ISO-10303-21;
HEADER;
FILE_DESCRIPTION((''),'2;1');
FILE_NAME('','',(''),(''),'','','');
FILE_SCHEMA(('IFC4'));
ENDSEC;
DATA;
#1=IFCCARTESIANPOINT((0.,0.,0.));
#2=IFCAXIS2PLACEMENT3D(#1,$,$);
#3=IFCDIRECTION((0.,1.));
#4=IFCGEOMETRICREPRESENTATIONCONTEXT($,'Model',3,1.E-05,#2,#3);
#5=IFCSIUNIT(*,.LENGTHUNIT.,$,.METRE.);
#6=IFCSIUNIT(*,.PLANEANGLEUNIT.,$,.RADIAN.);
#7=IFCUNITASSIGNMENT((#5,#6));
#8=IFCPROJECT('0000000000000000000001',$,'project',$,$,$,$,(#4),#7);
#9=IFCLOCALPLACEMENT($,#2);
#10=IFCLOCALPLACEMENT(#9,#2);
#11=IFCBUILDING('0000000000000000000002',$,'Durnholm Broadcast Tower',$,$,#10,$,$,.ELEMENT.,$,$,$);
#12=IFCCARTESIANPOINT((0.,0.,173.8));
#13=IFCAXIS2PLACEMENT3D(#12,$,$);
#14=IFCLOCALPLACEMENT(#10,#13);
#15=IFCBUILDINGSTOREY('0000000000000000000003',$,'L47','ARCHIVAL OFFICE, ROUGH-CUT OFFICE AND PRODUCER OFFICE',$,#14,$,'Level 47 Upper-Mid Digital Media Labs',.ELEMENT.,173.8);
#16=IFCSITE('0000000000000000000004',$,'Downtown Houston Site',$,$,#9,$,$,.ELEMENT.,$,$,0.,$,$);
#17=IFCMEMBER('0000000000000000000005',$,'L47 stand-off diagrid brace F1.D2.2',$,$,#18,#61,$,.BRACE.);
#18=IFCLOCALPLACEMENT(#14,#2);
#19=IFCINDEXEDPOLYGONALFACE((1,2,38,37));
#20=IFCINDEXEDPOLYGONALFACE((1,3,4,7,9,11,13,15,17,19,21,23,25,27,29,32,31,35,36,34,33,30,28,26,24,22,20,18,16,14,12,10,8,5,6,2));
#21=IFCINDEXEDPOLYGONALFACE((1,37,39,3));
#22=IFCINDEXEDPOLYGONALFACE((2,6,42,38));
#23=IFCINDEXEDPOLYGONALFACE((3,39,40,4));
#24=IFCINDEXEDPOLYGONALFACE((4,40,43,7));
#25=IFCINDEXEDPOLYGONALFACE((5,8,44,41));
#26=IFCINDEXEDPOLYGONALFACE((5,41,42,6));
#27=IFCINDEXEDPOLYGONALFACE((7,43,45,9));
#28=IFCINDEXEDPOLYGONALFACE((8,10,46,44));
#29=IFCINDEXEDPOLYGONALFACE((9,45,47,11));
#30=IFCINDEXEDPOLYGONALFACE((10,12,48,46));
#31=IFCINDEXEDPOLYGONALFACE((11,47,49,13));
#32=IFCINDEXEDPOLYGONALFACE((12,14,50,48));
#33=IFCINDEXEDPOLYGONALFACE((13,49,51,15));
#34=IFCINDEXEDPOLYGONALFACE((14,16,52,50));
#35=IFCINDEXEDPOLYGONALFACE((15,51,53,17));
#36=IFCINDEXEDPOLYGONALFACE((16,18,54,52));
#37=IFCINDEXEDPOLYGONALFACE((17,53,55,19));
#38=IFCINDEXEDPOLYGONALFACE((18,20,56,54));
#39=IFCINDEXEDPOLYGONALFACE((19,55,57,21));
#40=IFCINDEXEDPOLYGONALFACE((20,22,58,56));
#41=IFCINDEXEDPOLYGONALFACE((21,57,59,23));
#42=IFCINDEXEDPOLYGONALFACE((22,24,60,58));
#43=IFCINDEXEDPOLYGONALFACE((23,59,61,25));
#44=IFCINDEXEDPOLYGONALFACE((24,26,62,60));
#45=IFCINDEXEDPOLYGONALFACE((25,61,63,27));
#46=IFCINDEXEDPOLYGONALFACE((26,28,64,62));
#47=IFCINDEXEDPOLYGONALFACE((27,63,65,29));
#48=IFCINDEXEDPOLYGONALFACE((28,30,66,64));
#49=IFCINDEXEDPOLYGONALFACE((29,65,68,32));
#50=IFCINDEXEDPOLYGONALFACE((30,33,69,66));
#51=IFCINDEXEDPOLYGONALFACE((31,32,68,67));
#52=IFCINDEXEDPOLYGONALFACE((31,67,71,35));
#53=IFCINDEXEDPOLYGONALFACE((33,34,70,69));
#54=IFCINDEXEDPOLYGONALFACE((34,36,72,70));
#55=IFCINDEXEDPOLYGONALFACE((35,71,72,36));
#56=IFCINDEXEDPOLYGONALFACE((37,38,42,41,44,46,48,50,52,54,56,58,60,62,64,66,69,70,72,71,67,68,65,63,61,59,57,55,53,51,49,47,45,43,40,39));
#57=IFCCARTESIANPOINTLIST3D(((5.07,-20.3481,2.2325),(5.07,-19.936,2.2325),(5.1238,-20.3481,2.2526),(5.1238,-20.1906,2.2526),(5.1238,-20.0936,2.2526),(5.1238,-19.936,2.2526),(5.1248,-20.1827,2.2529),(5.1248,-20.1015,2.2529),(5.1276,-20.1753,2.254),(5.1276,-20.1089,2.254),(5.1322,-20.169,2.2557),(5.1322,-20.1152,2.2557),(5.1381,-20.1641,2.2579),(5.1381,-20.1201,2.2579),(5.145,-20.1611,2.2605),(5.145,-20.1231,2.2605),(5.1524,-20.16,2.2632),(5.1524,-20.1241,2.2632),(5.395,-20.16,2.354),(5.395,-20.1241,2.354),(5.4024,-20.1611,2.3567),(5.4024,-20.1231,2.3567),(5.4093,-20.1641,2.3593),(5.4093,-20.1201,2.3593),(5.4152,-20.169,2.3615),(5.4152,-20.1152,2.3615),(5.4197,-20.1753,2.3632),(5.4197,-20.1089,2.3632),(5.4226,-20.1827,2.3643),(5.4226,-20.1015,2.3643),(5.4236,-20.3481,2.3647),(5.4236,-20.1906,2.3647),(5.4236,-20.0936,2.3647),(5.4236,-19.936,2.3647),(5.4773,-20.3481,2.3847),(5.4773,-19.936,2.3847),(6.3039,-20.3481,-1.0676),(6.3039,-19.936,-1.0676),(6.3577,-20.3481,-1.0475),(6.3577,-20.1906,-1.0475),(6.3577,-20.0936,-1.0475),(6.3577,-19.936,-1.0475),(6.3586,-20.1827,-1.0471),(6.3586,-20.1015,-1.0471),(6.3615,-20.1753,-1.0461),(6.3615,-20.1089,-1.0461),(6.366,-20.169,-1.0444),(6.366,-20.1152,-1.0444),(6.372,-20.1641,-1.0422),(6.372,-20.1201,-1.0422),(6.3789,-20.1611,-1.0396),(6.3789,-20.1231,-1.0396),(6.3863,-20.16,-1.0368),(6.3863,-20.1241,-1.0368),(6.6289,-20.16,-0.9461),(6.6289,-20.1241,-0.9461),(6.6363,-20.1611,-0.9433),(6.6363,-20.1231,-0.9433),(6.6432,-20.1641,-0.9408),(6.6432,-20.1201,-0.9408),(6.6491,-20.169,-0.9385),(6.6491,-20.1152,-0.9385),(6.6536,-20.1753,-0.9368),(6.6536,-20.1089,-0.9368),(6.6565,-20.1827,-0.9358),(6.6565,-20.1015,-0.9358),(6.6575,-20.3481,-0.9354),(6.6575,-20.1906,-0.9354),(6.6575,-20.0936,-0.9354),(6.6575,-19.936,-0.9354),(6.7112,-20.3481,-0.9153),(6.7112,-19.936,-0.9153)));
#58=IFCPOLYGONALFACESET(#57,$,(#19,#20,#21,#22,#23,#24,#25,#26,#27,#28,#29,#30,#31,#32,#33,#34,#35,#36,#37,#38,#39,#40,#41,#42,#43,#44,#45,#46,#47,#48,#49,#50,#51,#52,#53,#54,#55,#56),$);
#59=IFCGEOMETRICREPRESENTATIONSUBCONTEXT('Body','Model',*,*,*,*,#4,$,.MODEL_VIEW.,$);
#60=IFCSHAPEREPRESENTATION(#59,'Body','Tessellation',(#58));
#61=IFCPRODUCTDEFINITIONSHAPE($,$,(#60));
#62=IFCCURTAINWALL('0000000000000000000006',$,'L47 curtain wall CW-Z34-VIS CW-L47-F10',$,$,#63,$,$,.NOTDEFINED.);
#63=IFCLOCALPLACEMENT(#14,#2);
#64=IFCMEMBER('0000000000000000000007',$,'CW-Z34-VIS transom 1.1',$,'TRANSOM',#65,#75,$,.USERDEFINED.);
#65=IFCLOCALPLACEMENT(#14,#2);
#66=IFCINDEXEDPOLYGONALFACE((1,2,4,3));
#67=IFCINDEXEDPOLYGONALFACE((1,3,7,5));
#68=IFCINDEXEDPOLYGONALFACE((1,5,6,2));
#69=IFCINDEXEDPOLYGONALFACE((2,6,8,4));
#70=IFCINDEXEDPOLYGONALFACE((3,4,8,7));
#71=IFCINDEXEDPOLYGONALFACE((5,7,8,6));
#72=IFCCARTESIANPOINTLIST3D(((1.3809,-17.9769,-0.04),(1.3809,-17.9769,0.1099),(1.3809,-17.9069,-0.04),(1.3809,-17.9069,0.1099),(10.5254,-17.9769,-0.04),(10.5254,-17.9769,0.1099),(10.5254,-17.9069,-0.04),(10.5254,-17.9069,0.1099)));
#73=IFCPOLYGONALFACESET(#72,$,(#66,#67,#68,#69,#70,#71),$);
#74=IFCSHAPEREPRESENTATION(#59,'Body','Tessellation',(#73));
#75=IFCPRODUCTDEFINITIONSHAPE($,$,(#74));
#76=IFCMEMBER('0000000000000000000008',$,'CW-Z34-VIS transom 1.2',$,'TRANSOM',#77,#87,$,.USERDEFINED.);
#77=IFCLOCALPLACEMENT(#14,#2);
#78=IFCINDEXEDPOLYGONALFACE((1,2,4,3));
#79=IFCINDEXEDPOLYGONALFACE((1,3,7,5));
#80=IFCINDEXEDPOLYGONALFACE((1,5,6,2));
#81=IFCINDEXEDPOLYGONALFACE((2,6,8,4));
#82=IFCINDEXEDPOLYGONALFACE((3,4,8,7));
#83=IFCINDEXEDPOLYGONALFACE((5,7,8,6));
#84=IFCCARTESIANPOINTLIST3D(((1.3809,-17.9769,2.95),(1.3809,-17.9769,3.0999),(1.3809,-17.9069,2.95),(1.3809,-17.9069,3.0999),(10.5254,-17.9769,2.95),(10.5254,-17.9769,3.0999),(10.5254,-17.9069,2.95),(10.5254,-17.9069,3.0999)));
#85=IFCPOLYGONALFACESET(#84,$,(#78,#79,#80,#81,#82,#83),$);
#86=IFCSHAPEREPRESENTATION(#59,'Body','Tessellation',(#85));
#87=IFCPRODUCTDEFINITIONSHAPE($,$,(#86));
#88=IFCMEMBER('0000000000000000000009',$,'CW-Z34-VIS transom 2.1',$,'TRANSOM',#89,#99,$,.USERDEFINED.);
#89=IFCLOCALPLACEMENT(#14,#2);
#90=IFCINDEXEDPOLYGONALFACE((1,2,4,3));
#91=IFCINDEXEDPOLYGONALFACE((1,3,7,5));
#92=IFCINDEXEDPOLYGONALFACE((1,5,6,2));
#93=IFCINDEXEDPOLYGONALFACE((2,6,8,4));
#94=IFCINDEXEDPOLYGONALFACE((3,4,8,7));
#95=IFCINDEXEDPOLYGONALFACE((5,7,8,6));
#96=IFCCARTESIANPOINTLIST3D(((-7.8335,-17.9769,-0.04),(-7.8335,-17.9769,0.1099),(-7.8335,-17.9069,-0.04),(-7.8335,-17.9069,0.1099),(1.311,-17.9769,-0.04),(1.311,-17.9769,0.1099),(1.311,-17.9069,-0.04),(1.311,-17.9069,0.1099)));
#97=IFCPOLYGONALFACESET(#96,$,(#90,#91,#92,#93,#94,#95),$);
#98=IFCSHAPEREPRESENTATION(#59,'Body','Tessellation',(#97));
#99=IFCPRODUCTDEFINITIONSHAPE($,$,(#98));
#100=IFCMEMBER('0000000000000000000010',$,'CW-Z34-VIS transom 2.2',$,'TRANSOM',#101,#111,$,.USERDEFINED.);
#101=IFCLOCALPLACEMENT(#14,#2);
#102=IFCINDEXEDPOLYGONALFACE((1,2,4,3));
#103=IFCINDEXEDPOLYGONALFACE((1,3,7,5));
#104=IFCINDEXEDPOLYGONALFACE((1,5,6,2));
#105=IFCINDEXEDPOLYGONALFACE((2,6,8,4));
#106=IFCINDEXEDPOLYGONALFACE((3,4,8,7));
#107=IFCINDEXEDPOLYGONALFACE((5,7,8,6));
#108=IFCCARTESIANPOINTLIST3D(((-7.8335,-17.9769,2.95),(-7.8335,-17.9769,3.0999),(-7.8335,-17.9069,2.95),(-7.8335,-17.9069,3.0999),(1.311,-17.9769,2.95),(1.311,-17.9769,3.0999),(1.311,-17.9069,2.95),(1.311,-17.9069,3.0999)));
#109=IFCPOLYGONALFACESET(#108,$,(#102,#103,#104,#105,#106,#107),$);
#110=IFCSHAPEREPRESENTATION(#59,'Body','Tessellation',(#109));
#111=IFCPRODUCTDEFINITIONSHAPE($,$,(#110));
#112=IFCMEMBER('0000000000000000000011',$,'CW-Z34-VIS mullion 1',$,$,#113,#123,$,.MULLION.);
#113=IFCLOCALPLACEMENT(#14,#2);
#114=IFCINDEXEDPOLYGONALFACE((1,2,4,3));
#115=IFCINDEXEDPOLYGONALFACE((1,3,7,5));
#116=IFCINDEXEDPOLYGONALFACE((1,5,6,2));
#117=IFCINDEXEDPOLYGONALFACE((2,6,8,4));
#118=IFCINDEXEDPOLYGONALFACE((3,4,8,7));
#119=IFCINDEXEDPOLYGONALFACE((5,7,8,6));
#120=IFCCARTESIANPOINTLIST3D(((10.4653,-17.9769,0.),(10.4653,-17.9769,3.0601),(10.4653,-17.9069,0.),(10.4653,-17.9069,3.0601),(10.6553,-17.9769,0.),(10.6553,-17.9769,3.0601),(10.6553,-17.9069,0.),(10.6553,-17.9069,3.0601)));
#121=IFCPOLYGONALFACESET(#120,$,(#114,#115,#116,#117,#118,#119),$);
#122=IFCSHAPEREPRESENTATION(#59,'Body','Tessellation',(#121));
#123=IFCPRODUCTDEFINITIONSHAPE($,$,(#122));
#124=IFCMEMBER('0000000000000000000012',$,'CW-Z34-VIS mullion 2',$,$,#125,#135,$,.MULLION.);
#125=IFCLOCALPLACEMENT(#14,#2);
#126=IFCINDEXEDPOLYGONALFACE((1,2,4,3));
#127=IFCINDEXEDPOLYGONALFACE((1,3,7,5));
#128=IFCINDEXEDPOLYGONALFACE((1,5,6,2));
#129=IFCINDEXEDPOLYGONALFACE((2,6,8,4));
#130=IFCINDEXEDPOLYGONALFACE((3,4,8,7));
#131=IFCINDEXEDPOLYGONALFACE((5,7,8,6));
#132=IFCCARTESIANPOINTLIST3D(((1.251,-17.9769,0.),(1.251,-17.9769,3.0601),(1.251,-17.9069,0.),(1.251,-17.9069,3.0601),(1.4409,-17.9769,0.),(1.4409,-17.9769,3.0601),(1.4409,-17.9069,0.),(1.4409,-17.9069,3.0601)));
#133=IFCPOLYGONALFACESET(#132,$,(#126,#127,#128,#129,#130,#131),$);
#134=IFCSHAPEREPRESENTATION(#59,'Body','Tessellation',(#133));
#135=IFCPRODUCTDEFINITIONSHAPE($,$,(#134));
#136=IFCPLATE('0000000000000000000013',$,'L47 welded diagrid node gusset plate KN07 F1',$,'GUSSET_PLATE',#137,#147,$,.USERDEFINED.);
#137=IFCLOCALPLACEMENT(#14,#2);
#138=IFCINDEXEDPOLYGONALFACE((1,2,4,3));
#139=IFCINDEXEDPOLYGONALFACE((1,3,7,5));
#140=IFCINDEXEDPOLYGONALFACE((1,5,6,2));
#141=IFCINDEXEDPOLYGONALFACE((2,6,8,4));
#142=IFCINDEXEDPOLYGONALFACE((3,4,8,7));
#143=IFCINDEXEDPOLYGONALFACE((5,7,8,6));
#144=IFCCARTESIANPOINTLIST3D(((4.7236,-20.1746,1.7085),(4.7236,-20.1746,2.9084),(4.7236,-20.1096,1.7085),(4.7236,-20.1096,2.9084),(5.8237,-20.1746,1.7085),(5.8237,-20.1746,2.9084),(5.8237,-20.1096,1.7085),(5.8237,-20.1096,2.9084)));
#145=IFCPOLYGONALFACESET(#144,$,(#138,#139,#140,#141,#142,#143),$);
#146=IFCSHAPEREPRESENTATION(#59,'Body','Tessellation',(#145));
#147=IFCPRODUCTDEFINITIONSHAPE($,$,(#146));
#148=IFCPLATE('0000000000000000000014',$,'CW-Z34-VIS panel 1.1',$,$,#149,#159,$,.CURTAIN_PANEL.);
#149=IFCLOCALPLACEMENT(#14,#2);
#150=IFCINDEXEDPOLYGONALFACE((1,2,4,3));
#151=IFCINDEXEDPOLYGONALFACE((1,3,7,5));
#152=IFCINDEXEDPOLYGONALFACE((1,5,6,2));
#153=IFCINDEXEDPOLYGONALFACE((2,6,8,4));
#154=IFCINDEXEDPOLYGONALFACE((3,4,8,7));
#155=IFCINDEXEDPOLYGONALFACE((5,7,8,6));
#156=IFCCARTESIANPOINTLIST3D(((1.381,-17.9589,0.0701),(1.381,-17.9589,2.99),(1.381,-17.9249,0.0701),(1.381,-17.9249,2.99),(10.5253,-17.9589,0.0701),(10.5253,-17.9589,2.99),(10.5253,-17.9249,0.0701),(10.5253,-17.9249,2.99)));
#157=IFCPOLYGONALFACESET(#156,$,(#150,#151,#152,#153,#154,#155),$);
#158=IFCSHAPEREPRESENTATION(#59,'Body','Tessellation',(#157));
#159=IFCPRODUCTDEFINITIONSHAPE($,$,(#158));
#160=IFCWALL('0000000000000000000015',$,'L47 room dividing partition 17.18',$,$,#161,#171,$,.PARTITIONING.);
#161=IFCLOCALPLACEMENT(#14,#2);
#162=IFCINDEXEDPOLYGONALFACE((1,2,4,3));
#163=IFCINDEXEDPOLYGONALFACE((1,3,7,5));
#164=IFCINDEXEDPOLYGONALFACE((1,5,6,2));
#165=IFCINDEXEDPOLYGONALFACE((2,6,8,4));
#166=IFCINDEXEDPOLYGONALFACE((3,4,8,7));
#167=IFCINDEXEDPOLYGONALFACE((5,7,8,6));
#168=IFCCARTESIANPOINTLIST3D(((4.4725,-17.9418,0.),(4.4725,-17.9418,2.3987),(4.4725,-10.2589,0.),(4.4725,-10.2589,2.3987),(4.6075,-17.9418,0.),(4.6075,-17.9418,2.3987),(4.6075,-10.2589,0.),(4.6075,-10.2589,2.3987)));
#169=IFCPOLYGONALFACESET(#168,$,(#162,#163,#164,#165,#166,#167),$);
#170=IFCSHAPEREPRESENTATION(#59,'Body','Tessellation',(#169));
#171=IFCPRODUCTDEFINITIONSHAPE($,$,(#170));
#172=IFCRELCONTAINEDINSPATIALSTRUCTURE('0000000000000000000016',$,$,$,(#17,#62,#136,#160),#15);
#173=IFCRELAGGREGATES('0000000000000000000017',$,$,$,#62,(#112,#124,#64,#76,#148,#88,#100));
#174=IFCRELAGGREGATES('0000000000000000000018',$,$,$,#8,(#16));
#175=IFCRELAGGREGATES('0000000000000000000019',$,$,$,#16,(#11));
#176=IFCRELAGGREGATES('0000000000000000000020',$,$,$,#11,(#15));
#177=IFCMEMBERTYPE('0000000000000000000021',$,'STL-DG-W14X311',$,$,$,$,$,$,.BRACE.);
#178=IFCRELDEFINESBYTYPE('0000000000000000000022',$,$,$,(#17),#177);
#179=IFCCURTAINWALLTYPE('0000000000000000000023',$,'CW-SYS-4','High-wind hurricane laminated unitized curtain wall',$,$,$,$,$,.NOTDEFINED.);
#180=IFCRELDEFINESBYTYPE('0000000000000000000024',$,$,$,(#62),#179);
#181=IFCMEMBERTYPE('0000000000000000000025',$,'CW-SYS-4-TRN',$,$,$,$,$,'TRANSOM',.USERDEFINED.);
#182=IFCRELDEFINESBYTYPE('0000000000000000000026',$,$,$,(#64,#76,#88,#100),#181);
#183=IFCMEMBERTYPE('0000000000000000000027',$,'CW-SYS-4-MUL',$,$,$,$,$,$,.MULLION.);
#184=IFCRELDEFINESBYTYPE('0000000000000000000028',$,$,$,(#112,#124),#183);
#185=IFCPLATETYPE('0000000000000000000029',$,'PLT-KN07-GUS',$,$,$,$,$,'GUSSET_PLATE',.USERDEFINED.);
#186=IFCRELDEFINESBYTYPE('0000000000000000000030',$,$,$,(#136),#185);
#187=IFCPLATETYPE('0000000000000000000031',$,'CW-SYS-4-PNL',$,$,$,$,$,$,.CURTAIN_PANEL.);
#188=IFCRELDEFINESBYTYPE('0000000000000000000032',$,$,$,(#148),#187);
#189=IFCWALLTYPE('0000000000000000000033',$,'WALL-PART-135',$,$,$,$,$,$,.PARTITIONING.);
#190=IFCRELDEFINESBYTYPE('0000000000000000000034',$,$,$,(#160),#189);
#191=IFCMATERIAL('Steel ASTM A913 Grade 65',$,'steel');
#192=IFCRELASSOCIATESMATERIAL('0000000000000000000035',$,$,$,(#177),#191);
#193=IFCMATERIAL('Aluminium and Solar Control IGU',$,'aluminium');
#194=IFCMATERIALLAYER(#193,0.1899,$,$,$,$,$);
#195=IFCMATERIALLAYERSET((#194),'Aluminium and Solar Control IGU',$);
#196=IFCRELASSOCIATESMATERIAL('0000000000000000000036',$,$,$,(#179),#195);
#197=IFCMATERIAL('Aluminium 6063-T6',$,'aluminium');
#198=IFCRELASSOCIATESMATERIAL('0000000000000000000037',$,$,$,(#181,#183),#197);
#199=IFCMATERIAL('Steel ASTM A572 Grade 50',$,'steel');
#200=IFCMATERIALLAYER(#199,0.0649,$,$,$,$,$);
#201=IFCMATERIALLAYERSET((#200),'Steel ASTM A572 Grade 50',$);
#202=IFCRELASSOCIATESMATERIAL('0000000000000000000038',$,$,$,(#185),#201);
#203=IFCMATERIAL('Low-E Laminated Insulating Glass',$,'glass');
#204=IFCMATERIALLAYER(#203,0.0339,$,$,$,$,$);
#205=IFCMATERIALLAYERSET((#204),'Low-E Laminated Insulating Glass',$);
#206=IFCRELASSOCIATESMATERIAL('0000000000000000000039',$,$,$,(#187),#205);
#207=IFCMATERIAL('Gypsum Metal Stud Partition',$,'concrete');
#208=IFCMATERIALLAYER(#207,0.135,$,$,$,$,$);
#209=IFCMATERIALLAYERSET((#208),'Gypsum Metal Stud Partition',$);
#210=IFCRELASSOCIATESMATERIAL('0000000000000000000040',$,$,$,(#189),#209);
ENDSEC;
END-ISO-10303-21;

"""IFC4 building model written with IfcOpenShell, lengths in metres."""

from ifc_helpers import new_model, si_unit, direction, frame, frame_2d, origin, origin_2d, place, context, subcontext, project, spatial, rectangle, i_section, extrude, source, transform, mapped, material, layer, layer_set, material_profile, profile_set, type_object, type_shapes, element, aggregate, save


model = new_model("IFC4")

# Units and contexts
model_context = context("Model", 3, precision=1e-05, world=origin(), true_north=direction((0.0, 1.0)))
body_context = subcontext(model_context, "Body", "Model", "MODEL_VIEW")
ifc_project = project(units=[si_unit("LENGTHUNIT", "METRE"), si_unit("PLANEANGLEUNIT", "RADIAN")], contexts=[model_context])

# Site, building, storey
site_placement = place(None, origin())
site = spatial("IfcSite", under=ifc_project, at=site_placement, Name="Downtown Houston Site", CompositionType="ELEMENT", RefElevation=0.0)
building_placement = place(site_placement, origin())
building = spatial("IfcBuilding", under=site, at=building_placement, Name="Durnholm Broadcast Tower", CompositionType="ELEMENT")
storey_placement = place(building_placement, frame((0.0, 0.0, 173.8)))
storey = spatial("IfcBuildingStorey", under=building, at=storey_placement, Name="L47", Description="ARCHIVAL OFFICE, ROUGH-CUT OFFICE AND PRODUCER OFFICE", LongName="Level 47 Upper-Mid Digital Media Labs", CompositionType="ELEMENT", Elevation=173.8)

# Member
ifc_material_1 = material(Name="Steel ASTM A913 Grade 65", Category="steel")
ifc_material_profile_1 = material_profile(ifc_material_1, i_section(OverallWidth=0.4121, OverallDepth=0.4348, WebThickness=0.0359, FlangeThickness=0.0574, FilletRadius=0.0305, at=origin_2d()), Name="W14X311")
ifc_profile_set_1 = profile_set([ifc_material_profile_1], Name="Steel ASTM A913 Grade 65")
member_type_1 = type_object("IfcMemberType", Name="STL-DG-W14X311", PredefinedType="BRACE", material=ifc_profile_set_1)
shared_shape_1 = source(origin(), body_context, "Body", "SweptSolid", [
    extrude(i_section(OverallWidth=0.4121, OverallDepth=0.4348, WebThickness=0.0359, FlangeThickness=0.0574, FilletRadius=0.0305, at=origin_2d()), origin(), (0.0, 0.0, 1.0), 3.5232),
])
type_shapes(member_type_1, [shared_shape_1])
for number, where, z_axis, x_axis, name in (
    (1, (6.5076, -20.1421, -0.9915), (-0.35022, 0.0, 0.936668), (0.0, -1.0, 0.0), "L47 stand-off diagrid brace F1.D2.2"),
):
    element("IfcMember", number, at=place(storey_placement, frame(where, z_axis=z_axis, x_axis=x_axis)), inside=storey, type_object=member_type_1, Name=name, PredefinedType="BRACE", context=body_context, shape_type="MappedRepresentation", body=[
        mapped(shared_shape_1, transform((0.0, 0.0, 0.0), x_axis=(1.0, 0.0, 0.0), y_axis=(0.0, 1.0, 0.0), z_axis=(0.0, 0.0, 1.0), scale=1.0)),
    ])

# Curtain wall, members
ifc_material_2 = material(Name="Aluminium and Solar Control IGU", Category="aluminium")
ifc_layer_1 = layer(ifc_material_2, 0.1899)
ifc_layer_set_1 = layer_set([ifc_layer_1], Name="Aluminium and Solar Control IGU")
curtain_wall_type = type_object("IfcCurtainWallType", Name="CW-SYS-4", Description="High-wind hurricane laminated unitized curtain wall", PredefinedType="NOTDEFINED", material=ifc_layer_set_1)
curtain_wall_placement = place(storey_placement, origin())
curtain_wall = element("IfcCurtainWall", 2, at=curtain_wall_placement, inside=storey, type_object=curtain_wall_type, Name="L47 curtain wall CW-Z34-VIS CW-L47-F10", PredefinedType="NOTDEFINED")
ifc_material_3 = material(Name="Aluminium 6063-T6", Category="aluminium")
ifc_material_profile_2 = material_profile(ifc_material_3, rectangle(XDim=0.0701, YDim=0.1499, at=origin_2d()), Name="CWT70X150")
ifc_profile_set_2 = profile_set([ifc_material_profile_2], Name="Aluminium 6063-T6")
member_type_2 = type_object("IfcMemberType", Name="CW-SYS-4-TRN", ElementType="TRANSOM", PredefinedType="USERDEFINED", material=ifc_profile_set_2)
shared_shape_2 = source(origin(), body_context, "Body", "SweptSolid", [
    extrude(rectangle(XDim=0.0701, YDim=0.1499, at=origin_2d()), origin(), (0.0, 0.0, 1.0), 9.1445),
])
type_shapes(member_type_2, [shared_shape_2])
member_1_placement = place(storey_placement, frame((10.5254, -17.9419, 0.0349), z_axis=(-1.0, 0.0, 0.0), x_axis=(0.0, -1.0, 0.0)))
member_1 = element("IfcMember", 3, at=member_1_placement, type_object=member_type_2, Name="CW-Z34-VIS transom 1.1", ObjectType="TRANSOM", PredefinedType="USERDEFINED", context=body_context, shape_type="MappedRepresentation", body=[
    mapped(shared_shape_2, transform((0.0, 0.0, 0.0), x_axis=(1.0, 0.0, 0.0), y_axis=(0.0, 1.0, 0.0), z_axis=(0.0, 0.0, 1.0), scale=1.0)),
])
member_2_placement = place(storey_placement, frame((10.5254, -17.9419, 3.0249), z_axis=(-1.0, 0.0, 0.0), x_axis=(0.0, -1.0, 0.0)))
member_2 = element("IfcMember", 4, at=member_2_placement, type_object=member_type_2, Name="CW-Z34-VIS transom 1.2", ObjectType="TRANSOM", PredefinedType="USERDEFINED", context=body_context, shape_type="MappedRepresentation", body=[
    mapped(shared_shape_2, transform((0.0, 0.0, 0.0), x_axis=(1.0, 0.0, 0.0), y_axis=(0.0, 1.0, 0.0), z_axis=(0.0, 0.0, 1.0), scale=1.0)),
])
member_3_placement = place(storey_placement, frame((1.311, -17.9419, 0.0349), z_axis=(-1.0, 0.0, 0.0), x_axis=(0.0, -1.0, 0.0)))
member_3 = element("IfcMember", 5, at=member_3_placement, type_object=member_type_2, Name="CW-Z34-VIS transom 2.1", ObjectType="TRANSOM", PredefinedType="USERDEFINED", context=body_context, shape_type="MappedRepresentation", body=[
    mapped(shared_shape_2, transform((0.0, 0.0, 0.0), x_axis=(1.0, 0.0, 0.0), y_axis=(0.0, 1.0, 0.0), z_axis=(0.0, 0.0, 1.0), scale=1.0)),
])
member_4_placement = place(storey_placement, frame((1.311, -17.9419, 3.0249), z_axis=(-1.0, 0.0, 0.0), x_axis=(0.0, -1.0, 0.0)))
member_4 = element("IfcMember", 6, at=member_4_placement, type_object=member_type_2, Name="CW-Z34-VIS transom 2.2", ObjectType="TRANSOM", PredefinedType="USERDEFINED", context=body_context, shape_type="MappedRepresentation", body=[
    mapped(shared_shape_2, transform((0.0, 0.0, 0.0), x_axis=(1.0, 0.0, 0.0), y_axis=(0.0, 1.0, 0.0), z_axis=(0.0, 0.0, 1.0), scale=1.0)),
])
ifc_material_profile_3 = material_profile(ifc_material_3, rectangle(XDim=0.0701, YDim=0.1899, at=origin_2d()), Name="CWM70X190")
ifc_profile_set_3 = profile_set([ifc_material_profile_3], Name="Aluminium 6063-T6")
member_type_3 = type_object("IfcMemberType", Name="CW-SYS-4-MUL", PredefinedType="MULLION", material=ifc_profile_set_3)
shared_shape_3 = source(origin(), body_context, "Body", "SweptSolid", [
    extrude(rectangle(XDim=0.0701, YDim=0.1899, at=origin_2d()), origin(), (0.0, 0.0, 1.0), 3.0601),
])
type_shapes(member_type_3, [shared_shape_3])
member_5_placement = place(storey_placement, frame((10.5603, -17.9419, 0.0), z_axis=(0.0, 0.0, 1.0), x_axis=(0.0, -1.0, 0.0)))
member_5 = element("IfcMember", 7, at=member_5_placement, type_object=member_type_3, Name="CW-Z34-VIS mullion 1", PredefinedType="MULLION", context=body_context, shape_type="MappedRepresentation", body=[
    mapped(shared_shape_3, transform((0.0, 0.0, 0.0), x_axis=(1.0, 0.0, 0.0), y_axis=(0.0, 1.0, 0.0), z_axis=(0.0, 0.0, 1.0), scale=1.0)),
])
member_6_placement = place(storey_placement, frame((1.3459, -17.9419, 0.0), z_axis=(0.0, 0.0, 1.0), x_axis=(0.0, -1.0, 0.0)))
member_6 = element("IfcMember", 8, at=member_6_placement, type_object=member_type_3, Name="CW-Z34-VIS mullion 2", PredefinedType="MULLION", context=body_context, shape_type="MappedRepresentation", body=[
    mapped(shared_shape_3, transform((0.0, 0.0, 0.0), x_axis=(1.0, 0.0, 0.0), y_axis=(0.0, 1.0, 0.0), z_axis=(0.0, 0.0, 1.0), scale=1.0)),
])

# Plates
ifc_material_4 = material(Name="Steel ASTM A572 Grade 50", Category="steel")
ifc_layer_2 = layer(ifc_material_4, 0.0649)
ifc_layer_set_2 = layer_set([ifc_layer_2], Name="Steel ASTM A572 Grade 50")
plate_type_1 = type_object("IfcPlateType", Name="PLT-KN07-GUS", ElementType="GUSSET_PLATE", PredefinedType="USERDEFINED", material=ifc_layer_set_2)
shared_shape_4 = source(origin(), body_context, "Body", "SweptSolid", [
    extrude(rectangle(XDim=1.1001, YDim=0.0649, at=origin_2d()), origin(), (0.0, 0.0, 1.0), 1.2),
])
type_shapes(plate_type_1, [shared_shape_4])
plate_1_placement = place(storey_placement, frame((5.2737, -20.1421, 1.7085), z_axis=(0.0, 0.0, 1.0), x_axis=(1.0, 0.0, 0.0)))
element("IfcPlate", 9, at=plate_1_placement, inside=storey, type_object=plate_type_1, Name="L47 welded diagrid node gusset plate KN07 F1", ObjectType="GUSSET_PLATE", PredefinedType="USERDEFINED", context=body_context, shape_type="MappedRepresentation", body=[
    mapped(shared_shape_4, transform((0.0, 0.0, 0.0), x_axis=(1.0, 0.0, 0.0), y_axis=(0.0, 1.0, 0.0), z_axis=(0.0, 0.0, 1.0), scale=1.0)),
])
ifc_material_5 = material(Name="Low-E Laminated Insulating Glass", Category="glass")
ifc_layer_3 = layer(ifc_material_5, 0.0339)
ifc_layer_set_3 = layer_set([ifc_layer_3], Name="Low-E Laminated Insulating Glass")
plate_type_2 = type_object("IfcPlateType", Name="CW-SYS-4-PNL", PredefinedType="CURTAIN_PANEL", material=ifc_layer_set_3)
shared_shape_5 = source(origin(), body_context, "Body", "SweptSolid", [
    extrude(rectangle(XDim=9.1443, YDim=0.0339, at=origin_2d()), origin(), (0.0, 0.0, 1.0), 2.9199),
])
type_shapes(plate_type_2, [shared_shape_5])
plate_2_placement = place(storey_placement, frame((5.9531, -17.9419, 0.0701), z_axis=(0.0, 0.0, 1.0), x_axis=(-1.0, 0.0, 0.0)))
plate_2 = element("IfcPlate", 10, at=plate_2_placement, type_object=plate_type_2, Name="CW-Z34-VIS panel 1.1", PredefinedType="CURTAIN_PANEL", context=body_context, shape_type="MappedRepresentation", body=[
    mapped(shared_shape_5, transform((0.0, 0.0, 0.0), x_axis=(1.0, 0.0, 0.0), y_axis=(0.0, 1.0, 0.0), z_axis=(0.0, 0.0, 1.0), scale=1.0)),
])
aggregate(curtain_wall, [member_5, member_6, member_1, member_2, plate_2, member_3, member_4])

# Wall
ifc_material_6 = material(Name="Gypsum Metal Stud Partition", Category="concrete")
ifc_layer_4 = layer(ifc_material_6, 0.135)
ifc_layer_set_4 = layer_set([ifc_layer_4], Name="Gypsum Metal Stud Partition")
wall_type_1 = type_object("IfcWallType", Name="WALL-PART-135", PredefinedType="PARTITIONING", material=ifc_layer_set_4)
wall_1_placement = place(storey_placement, frame((4.54, -10.259, 0.0), z_axis=(0.0, 0.0, 1.0), x_axis=(0.0, -1.0, 0.0)))
element("IfcWall", 11, at=wall_1_placement, inside=storey, type_object=wall_type_1, Name="L47 room dividing partition 17.18", PredefinedType="PARTITIONING", context=body_context, shape_type="SweptSolid", body=[
    extrude(rectangle(XDim=7.6829, YDim=0.135, at=frame_2d((3.8413, 0.0))), origin(), (0.0, 0.0, 1.0), 2.3987),
])

save(model, "model.ifc")
